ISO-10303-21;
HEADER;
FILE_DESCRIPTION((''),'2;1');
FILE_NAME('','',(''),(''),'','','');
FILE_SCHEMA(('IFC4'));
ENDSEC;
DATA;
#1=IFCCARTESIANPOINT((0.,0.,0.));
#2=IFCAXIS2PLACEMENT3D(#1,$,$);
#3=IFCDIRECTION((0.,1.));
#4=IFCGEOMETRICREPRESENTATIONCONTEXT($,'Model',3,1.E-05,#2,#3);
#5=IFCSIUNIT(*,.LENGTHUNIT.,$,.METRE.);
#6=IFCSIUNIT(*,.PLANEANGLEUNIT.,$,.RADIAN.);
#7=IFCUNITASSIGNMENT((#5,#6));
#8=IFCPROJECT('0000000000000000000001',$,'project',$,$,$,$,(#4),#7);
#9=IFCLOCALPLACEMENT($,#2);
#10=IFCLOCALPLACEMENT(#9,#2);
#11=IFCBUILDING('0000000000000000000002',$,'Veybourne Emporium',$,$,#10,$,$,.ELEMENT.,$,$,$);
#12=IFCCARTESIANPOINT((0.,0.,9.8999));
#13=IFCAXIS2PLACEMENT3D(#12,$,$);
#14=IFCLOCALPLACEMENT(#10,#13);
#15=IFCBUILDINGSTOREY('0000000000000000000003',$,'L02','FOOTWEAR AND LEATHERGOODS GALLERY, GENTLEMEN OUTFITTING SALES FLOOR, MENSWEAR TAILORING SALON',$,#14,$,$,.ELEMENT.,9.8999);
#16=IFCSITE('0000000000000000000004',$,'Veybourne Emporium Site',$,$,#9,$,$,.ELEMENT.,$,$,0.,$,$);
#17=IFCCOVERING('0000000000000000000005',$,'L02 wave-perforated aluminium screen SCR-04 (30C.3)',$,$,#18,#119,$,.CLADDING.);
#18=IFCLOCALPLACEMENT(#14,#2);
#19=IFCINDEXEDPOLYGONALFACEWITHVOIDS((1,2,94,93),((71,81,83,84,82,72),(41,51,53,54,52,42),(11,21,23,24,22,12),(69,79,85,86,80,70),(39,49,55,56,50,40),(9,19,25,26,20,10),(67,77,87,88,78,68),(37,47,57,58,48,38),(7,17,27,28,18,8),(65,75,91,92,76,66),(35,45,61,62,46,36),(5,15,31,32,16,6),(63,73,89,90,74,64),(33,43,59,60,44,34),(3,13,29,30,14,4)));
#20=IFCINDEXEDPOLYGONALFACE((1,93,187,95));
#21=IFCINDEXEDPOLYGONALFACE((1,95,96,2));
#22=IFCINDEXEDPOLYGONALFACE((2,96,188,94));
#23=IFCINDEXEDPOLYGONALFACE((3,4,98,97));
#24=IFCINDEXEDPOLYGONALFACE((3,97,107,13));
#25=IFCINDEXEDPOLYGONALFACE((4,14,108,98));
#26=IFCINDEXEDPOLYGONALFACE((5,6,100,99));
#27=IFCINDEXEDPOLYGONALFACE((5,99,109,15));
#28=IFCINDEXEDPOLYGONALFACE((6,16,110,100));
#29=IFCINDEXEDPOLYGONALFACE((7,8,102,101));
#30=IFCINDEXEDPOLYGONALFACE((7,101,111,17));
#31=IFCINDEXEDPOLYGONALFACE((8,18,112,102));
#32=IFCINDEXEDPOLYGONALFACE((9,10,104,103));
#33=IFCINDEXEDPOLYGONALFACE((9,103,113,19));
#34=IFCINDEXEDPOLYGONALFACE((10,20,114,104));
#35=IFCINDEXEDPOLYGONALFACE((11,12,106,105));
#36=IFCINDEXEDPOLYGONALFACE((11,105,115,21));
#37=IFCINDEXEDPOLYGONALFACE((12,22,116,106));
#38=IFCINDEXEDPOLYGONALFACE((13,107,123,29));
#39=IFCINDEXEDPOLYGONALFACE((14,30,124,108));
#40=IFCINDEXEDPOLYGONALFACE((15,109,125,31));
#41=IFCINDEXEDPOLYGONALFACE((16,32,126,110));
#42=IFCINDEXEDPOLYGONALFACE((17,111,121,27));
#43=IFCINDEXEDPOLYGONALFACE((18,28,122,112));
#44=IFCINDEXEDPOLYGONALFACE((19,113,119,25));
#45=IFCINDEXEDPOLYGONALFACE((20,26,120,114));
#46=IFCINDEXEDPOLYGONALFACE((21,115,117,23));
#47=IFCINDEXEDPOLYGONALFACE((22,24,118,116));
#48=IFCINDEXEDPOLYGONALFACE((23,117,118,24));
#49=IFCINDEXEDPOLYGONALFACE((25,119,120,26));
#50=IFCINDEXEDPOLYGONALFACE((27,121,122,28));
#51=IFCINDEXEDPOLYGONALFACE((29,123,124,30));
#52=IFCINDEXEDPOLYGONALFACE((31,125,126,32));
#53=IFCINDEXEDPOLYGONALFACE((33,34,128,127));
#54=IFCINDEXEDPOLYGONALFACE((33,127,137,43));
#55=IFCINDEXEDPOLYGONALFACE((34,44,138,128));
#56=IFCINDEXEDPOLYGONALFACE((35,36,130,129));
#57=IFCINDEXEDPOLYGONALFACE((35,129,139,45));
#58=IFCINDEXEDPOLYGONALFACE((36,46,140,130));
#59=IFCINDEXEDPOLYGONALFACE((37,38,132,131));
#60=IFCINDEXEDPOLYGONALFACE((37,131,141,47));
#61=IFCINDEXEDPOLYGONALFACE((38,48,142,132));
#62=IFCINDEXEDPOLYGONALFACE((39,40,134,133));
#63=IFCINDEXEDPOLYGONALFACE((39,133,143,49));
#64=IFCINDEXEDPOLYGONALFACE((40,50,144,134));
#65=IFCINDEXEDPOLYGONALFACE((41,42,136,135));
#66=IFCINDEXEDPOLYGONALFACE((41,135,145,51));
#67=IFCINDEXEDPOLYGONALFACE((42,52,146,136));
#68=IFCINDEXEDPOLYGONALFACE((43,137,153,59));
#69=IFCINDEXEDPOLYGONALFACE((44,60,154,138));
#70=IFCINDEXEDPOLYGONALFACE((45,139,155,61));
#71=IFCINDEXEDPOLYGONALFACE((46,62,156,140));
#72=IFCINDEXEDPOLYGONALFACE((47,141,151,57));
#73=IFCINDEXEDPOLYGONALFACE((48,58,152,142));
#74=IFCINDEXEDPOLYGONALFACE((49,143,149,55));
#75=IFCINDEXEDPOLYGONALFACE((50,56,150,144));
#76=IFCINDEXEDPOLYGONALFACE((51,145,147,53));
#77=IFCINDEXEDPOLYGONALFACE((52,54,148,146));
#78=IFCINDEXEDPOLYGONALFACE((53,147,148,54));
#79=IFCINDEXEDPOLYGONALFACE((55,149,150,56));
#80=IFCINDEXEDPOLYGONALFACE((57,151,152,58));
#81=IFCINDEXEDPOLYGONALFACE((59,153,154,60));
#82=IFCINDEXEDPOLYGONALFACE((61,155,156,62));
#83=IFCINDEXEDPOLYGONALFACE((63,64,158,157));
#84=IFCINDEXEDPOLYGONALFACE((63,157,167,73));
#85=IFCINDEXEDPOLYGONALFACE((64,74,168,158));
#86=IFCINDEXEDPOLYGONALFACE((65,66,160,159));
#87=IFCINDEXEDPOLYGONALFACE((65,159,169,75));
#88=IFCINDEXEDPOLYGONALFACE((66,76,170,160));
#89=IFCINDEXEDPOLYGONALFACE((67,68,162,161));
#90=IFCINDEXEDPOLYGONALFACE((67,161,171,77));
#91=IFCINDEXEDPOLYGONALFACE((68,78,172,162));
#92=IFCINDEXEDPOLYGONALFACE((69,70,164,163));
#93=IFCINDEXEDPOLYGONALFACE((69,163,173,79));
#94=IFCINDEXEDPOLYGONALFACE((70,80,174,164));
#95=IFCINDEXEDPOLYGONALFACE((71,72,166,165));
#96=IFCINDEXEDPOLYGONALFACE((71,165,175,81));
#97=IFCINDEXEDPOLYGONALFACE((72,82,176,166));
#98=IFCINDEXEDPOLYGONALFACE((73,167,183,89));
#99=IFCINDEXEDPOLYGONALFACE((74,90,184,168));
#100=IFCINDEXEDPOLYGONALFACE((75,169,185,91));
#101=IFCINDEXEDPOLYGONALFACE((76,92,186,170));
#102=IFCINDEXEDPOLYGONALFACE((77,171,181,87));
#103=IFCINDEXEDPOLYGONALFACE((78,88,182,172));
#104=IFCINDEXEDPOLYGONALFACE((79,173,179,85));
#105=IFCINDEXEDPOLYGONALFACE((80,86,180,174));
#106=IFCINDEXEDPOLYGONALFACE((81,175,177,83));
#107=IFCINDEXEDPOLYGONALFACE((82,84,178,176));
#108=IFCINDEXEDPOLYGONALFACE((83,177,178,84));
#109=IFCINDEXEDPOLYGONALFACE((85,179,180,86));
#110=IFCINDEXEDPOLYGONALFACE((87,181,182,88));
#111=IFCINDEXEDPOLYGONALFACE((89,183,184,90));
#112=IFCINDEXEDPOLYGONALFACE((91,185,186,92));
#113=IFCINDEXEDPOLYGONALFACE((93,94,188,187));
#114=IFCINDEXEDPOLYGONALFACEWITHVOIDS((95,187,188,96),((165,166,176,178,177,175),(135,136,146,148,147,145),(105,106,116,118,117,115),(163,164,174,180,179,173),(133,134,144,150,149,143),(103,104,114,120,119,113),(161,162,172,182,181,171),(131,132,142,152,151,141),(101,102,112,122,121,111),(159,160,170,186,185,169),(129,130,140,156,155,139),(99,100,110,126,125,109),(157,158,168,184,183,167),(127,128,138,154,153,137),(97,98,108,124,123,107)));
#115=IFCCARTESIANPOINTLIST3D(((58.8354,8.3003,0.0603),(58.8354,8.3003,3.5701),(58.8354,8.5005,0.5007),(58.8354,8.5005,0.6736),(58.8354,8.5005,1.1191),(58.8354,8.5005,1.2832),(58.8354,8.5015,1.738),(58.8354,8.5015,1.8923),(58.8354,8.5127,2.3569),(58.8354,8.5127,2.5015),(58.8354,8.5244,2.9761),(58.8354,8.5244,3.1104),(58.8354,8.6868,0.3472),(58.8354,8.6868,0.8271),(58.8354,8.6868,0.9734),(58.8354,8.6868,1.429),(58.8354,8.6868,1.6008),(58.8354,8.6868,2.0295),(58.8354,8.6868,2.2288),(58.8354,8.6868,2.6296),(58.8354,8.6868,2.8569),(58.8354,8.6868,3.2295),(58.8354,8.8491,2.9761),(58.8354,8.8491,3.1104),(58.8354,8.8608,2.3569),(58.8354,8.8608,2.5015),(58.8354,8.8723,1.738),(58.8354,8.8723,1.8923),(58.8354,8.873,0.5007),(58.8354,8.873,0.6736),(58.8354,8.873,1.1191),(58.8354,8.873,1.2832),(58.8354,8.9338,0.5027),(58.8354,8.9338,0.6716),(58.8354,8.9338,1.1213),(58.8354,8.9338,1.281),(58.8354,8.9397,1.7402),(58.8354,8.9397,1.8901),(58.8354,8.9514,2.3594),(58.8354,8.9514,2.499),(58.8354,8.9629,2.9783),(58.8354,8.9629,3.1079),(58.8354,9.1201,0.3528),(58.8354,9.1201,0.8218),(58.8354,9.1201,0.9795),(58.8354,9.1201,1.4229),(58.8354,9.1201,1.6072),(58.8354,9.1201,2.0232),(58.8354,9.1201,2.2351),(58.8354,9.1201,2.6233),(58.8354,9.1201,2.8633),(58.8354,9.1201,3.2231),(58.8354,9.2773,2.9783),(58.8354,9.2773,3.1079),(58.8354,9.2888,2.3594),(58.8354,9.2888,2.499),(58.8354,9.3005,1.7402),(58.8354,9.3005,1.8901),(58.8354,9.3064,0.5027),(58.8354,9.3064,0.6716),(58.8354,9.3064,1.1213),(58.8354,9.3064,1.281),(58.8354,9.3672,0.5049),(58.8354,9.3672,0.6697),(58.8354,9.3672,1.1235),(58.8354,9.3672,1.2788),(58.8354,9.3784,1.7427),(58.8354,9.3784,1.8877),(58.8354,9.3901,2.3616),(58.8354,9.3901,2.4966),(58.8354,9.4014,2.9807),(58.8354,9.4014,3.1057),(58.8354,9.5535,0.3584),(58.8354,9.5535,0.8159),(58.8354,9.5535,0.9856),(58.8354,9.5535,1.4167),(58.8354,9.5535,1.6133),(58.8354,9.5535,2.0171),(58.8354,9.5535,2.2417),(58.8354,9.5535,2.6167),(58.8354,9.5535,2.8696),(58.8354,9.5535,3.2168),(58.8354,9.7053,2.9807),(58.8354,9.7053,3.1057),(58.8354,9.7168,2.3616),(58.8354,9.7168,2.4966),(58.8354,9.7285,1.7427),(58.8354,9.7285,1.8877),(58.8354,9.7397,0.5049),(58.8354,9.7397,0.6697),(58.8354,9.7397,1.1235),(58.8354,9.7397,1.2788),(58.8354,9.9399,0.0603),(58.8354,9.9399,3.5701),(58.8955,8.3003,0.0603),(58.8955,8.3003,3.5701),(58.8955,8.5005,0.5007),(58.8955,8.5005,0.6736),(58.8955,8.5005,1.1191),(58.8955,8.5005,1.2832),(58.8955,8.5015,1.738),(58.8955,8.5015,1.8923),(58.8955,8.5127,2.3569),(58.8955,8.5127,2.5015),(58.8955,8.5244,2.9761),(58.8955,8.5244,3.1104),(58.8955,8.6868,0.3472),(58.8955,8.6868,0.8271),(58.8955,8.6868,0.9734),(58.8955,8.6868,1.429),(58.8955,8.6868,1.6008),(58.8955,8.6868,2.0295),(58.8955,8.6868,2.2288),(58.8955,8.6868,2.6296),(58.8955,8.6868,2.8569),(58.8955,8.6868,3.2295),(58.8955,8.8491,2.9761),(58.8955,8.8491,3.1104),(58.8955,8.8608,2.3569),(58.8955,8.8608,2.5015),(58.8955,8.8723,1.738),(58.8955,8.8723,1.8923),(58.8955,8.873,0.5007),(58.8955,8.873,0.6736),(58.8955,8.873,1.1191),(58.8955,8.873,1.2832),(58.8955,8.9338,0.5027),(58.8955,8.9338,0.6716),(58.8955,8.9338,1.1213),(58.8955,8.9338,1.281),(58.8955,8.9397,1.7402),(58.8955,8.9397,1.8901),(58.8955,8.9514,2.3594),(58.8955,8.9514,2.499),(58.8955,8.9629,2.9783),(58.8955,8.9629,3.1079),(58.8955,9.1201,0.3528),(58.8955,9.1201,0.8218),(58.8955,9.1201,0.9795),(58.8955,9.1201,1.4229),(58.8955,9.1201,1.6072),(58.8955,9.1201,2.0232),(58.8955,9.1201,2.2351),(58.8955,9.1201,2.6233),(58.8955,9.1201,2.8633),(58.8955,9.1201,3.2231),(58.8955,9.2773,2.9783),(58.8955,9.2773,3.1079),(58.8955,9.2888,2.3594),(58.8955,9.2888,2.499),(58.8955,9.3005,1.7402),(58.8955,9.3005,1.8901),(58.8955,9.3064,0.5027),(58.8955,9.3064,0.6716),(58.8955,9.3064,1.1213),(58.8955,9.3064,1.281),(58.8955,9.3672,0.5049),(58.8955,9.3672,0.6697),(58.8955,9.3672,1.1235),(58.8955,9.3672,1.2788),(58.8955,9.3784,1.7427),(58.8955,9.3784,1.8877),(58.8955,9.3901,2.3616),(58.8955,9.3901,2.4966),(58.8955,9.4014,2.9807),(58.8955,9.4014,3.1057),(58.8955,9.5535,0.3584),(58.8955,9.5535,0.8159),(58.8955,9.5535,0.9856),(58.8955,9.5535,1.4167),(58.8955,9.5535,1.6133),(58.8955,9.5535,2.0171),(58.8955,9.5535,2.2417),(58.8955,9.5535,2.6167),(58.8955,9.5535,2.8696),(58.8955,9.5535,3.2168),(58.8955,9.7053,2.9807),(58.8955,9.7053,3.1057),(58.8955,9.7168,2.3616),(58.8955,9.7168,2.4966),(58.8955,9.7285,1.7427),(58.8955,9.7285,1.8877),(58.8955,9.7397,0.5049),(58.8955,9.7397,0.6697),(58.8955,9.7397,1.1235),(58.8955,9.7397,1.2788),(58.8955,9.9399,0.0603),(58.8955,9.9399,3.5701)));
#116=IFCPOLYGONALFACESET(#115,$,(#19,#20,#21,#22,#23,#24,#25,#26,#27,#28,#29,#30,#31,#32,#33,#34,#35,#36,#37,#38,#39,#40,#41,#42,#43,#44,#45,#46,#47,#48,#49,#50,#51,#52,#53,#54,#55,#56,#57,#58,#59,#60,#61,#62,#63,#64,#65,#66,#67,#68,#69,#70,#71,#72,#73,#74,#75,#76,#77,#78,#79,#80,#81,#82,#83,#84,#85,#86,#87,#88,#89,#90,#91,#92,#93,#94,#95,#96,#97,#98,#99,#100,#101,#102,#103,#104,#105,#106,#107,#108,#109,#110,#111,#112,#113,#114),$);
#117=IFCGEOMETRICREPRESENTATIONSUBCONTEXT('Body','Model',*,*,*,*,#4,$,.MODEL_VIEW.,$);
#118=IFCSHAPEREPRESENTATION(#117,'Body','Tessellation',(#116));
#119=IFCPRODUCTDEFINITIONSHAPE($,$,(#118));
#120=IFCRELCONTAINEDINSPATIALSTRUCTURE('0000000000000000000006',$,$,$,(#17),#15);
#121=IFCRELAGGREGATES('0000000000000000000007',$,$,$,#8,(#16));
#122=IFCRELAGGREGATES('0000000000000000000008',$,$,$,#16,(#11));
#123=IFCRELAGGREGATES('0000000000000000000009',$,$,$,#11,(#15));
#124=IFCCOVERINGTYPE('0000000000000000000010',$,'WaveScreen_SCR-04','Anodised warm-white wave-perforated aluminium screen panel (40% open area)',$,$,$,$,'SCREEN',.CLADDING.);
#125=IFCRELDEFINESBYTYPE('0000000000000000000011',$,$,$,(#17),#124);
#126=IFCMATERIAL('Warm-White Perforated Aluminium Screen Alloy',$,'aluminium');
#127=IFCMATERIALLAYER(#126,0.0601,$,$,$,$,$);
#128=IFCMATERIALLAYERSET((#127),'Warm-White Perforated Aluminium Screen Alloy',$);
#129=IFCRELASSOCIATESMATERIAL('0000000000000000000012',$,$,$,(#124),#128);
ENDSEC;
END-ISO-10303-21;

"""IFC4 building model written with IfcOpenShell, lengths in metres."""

from ifc_helpers import new_model, si_unit, direction, frame, origin, place, context, subcontext, project, spatial, polyline, outline, extrude, material, layer, layer_set, type_object, element, save


model = new_model("IFC4")

# Units and contexts
model_context = context("Model", 3, precision=1e-05, world=origin(), true_north=direction((0.0, 1.0)))
body_context = subcontext(model_context, "Body", "Model", "MODEL_VIEW")
ifc_project = project(units=[si_unit("LENGTHUNIT", "METRE"), si_unit("PLANEANGLEUNIT", "RADIAN")], contexts=[model_context])

# Site, building, storey
site_placement = place(None, origin())
site = spatial("IfcSite", under=ifc_project, at=site_placement, Name="Veybourne Emporium Site", CompositionType="ELEMENT", RefElevation=0.0)
building_placement = place(site_placement, origin())
building = spatial("IfcBuilding", under=site, at=building_placement, Name="Veybourne Emporium", CompositionType="ELEMENT")
storey_placement = place(building_placement, frame((0.0, 0.0, 9.8999)))
storey = spatial("IfcBuildingStorey", under=building, at=storey_placement, Name="L02", Description="FOOTWEAR AND LEATHERGOODS GALLERY, GENTLEMEN OUTFITTING SALES FLOOR, MENSWEAR TAILORING SALON", CompositionType="ELEMENT", Elevation=9.8999)

# Covering
ifc_material_1 = material(Name="Warm-White Perforated Aluminium Screen Alloy", Category="aluminium")
ifc_layer_1 = layer(ifc_material_1, 0.0601)
ifc_layer_set_1 = layer_set([ifc_layer_1], Name="Warm-White Perforated Aluminium Screen Alloy")
covering_type_1 = type_object("IfcCoveringType", Name="WaveScreen_SCR-04", Description="Anodised warm-white wave-perforated aluminium screen panel (40% open area)", ElementType="SCREEN", PredefinedType="CLADDING", material=ifc_layer_set_1)
covering_1_placement = place(storey_placement, frame((58.8955, 9.1201, 1.8152), z_axis=(-1.0, 0.0, 0.0), x_axis=(0.0, -1.0, 0.0)))
element("IfcCovering", 1, at=covering_1_placement, inside=storey, type_object=covering_type_1, Name="L02 wave-perforated aluminium screen SCR-04 (30C.3)", PredefinedType="CLADDING", context=body_context, shape_type="SweptSolid", body=[
    extrude(outline(polyline([(-0.8198, -1.7549), (0.8198, -1.7549), (0.8198, 1.7549), (-0.8198, 1.7549), (-0.8198, -1.7549)]), holes=[polyline([(-0.4333, -0.9993), (-0.2471, -1.1455), (-0.2471, -1.3103), (-0.4333, -1.4568), (-0.6196, -1.3103), (-0.6196, -1.1455), (-0.4333, -0.9993)]), polyline([(-0.4333, -0.3984), (-0.2471, -0.5364), (-0.2471, -0.6917), (-0.4333, -0.8296), (-0.6196, -0.6917), (-0.6196, -0.5364), (-0.4333, -0.3984)]), polyline([(-0.4333, 0.2019), (-0.2583, 0.0725), (-0.2583, -0.0725), (-0.4333, -0.2019), (-0.6084, -0.0725), (-0.6084, 0.0725), (-0.4333, 0.2019)]), polyline([(-0.4333, 0.8015), (-0.27, 0.6814), (-0.27, 0.5464), (-0.4333, 0.4265), (-0.5967, 0.5464), (-0.5967, 0.6814), (-0.4333, 0.8015)]), polyline([(-0.4333, 1.4016), (-0.2812, 1.2905), (-0.2812, 1.1655), (-0.4333, 1.0544), (-0.5852, 1.1655), (-0.5852, 1.2905), (-0.4333, 1.4016)]), polyline([(0.0, -0.9934), (0.1863, -1.1436), (0.1863, -1.3125), (0.0, -1.4624), (-0.1863, -1.3125), (-0.1863, -1.1436), (0.0, -0.9934)]), polyline([(0.0, -0.3923), (0.1863, -0.5342), (0.1863, -0.6938), (0.0, -0.8357), (-0.1863, -0.6938), (-0.1863, -0.5342), (0.0, -0.3923)]), polyline([(0.0, 0.208), (0.1804, 0.075), (0.1804, -0.075), (0.0, -0.208), (-0.1804, -0.075), (-0.1804, 0.075), (0.0, 0.208)]), polyline([(0.0, 0.8081), (0.1687, 0.6838), (0.1687, 0.5442), (0.0, 0.4199), (-0.1687, 0.5442), (-0.1687, 0.6838), (0.0, 0.8081)]), polyline([(0.0, 1.408), (0.1572, 1.2927), (0.1572, 1.1631), (0.0, 1.0481), (-0.1572, 1.1631), (-0.1572, 1.2927), (0.0, 1.408)]), polyline([(0.4333, -0.988), (0.6196, -1.1416), (0.6196, -1.3145), (0.4333, -1.468), (0.2471, -1.3145), (0.2471, -1.1416), (0.4333, -0.988)]), polyline([(0.4333, -0.3862), (0.6196, -0.532), (0.6196, -0.696), (0.4333, -0.8418), (0.2471, -0.696), (0.2471, -0.532), (0.4333, -0.3862)]), polyline([(0.4333, 0.2144), (0.6187, 0.0771), (0.6187, -0.0771), (0.4333, -0.2144), (0.2478, -0.0771), (0.2478, 0.0771), (0.4333, 0.2144)]), polyline([(0.4333, 0.8145), (0.6074, 0.6863), (0.6074, 0.5417), (0.4333, 0.4136), (0.2593, 0.5417), (0.2593, 0.6863), (0.4333, 0.8145)]), polyline([(0.4333, 1.4143), (0.5957, 1.2952), (0.5957, 1.1609), (0.4333, 1.0417), (0.271, 1.1609), (0.271, 1.2952), (0.4333, 1.4143)])]), origin(), (0.0, 0.0, 1.0), 0.0601),
])

save(model, "model.ifc")
